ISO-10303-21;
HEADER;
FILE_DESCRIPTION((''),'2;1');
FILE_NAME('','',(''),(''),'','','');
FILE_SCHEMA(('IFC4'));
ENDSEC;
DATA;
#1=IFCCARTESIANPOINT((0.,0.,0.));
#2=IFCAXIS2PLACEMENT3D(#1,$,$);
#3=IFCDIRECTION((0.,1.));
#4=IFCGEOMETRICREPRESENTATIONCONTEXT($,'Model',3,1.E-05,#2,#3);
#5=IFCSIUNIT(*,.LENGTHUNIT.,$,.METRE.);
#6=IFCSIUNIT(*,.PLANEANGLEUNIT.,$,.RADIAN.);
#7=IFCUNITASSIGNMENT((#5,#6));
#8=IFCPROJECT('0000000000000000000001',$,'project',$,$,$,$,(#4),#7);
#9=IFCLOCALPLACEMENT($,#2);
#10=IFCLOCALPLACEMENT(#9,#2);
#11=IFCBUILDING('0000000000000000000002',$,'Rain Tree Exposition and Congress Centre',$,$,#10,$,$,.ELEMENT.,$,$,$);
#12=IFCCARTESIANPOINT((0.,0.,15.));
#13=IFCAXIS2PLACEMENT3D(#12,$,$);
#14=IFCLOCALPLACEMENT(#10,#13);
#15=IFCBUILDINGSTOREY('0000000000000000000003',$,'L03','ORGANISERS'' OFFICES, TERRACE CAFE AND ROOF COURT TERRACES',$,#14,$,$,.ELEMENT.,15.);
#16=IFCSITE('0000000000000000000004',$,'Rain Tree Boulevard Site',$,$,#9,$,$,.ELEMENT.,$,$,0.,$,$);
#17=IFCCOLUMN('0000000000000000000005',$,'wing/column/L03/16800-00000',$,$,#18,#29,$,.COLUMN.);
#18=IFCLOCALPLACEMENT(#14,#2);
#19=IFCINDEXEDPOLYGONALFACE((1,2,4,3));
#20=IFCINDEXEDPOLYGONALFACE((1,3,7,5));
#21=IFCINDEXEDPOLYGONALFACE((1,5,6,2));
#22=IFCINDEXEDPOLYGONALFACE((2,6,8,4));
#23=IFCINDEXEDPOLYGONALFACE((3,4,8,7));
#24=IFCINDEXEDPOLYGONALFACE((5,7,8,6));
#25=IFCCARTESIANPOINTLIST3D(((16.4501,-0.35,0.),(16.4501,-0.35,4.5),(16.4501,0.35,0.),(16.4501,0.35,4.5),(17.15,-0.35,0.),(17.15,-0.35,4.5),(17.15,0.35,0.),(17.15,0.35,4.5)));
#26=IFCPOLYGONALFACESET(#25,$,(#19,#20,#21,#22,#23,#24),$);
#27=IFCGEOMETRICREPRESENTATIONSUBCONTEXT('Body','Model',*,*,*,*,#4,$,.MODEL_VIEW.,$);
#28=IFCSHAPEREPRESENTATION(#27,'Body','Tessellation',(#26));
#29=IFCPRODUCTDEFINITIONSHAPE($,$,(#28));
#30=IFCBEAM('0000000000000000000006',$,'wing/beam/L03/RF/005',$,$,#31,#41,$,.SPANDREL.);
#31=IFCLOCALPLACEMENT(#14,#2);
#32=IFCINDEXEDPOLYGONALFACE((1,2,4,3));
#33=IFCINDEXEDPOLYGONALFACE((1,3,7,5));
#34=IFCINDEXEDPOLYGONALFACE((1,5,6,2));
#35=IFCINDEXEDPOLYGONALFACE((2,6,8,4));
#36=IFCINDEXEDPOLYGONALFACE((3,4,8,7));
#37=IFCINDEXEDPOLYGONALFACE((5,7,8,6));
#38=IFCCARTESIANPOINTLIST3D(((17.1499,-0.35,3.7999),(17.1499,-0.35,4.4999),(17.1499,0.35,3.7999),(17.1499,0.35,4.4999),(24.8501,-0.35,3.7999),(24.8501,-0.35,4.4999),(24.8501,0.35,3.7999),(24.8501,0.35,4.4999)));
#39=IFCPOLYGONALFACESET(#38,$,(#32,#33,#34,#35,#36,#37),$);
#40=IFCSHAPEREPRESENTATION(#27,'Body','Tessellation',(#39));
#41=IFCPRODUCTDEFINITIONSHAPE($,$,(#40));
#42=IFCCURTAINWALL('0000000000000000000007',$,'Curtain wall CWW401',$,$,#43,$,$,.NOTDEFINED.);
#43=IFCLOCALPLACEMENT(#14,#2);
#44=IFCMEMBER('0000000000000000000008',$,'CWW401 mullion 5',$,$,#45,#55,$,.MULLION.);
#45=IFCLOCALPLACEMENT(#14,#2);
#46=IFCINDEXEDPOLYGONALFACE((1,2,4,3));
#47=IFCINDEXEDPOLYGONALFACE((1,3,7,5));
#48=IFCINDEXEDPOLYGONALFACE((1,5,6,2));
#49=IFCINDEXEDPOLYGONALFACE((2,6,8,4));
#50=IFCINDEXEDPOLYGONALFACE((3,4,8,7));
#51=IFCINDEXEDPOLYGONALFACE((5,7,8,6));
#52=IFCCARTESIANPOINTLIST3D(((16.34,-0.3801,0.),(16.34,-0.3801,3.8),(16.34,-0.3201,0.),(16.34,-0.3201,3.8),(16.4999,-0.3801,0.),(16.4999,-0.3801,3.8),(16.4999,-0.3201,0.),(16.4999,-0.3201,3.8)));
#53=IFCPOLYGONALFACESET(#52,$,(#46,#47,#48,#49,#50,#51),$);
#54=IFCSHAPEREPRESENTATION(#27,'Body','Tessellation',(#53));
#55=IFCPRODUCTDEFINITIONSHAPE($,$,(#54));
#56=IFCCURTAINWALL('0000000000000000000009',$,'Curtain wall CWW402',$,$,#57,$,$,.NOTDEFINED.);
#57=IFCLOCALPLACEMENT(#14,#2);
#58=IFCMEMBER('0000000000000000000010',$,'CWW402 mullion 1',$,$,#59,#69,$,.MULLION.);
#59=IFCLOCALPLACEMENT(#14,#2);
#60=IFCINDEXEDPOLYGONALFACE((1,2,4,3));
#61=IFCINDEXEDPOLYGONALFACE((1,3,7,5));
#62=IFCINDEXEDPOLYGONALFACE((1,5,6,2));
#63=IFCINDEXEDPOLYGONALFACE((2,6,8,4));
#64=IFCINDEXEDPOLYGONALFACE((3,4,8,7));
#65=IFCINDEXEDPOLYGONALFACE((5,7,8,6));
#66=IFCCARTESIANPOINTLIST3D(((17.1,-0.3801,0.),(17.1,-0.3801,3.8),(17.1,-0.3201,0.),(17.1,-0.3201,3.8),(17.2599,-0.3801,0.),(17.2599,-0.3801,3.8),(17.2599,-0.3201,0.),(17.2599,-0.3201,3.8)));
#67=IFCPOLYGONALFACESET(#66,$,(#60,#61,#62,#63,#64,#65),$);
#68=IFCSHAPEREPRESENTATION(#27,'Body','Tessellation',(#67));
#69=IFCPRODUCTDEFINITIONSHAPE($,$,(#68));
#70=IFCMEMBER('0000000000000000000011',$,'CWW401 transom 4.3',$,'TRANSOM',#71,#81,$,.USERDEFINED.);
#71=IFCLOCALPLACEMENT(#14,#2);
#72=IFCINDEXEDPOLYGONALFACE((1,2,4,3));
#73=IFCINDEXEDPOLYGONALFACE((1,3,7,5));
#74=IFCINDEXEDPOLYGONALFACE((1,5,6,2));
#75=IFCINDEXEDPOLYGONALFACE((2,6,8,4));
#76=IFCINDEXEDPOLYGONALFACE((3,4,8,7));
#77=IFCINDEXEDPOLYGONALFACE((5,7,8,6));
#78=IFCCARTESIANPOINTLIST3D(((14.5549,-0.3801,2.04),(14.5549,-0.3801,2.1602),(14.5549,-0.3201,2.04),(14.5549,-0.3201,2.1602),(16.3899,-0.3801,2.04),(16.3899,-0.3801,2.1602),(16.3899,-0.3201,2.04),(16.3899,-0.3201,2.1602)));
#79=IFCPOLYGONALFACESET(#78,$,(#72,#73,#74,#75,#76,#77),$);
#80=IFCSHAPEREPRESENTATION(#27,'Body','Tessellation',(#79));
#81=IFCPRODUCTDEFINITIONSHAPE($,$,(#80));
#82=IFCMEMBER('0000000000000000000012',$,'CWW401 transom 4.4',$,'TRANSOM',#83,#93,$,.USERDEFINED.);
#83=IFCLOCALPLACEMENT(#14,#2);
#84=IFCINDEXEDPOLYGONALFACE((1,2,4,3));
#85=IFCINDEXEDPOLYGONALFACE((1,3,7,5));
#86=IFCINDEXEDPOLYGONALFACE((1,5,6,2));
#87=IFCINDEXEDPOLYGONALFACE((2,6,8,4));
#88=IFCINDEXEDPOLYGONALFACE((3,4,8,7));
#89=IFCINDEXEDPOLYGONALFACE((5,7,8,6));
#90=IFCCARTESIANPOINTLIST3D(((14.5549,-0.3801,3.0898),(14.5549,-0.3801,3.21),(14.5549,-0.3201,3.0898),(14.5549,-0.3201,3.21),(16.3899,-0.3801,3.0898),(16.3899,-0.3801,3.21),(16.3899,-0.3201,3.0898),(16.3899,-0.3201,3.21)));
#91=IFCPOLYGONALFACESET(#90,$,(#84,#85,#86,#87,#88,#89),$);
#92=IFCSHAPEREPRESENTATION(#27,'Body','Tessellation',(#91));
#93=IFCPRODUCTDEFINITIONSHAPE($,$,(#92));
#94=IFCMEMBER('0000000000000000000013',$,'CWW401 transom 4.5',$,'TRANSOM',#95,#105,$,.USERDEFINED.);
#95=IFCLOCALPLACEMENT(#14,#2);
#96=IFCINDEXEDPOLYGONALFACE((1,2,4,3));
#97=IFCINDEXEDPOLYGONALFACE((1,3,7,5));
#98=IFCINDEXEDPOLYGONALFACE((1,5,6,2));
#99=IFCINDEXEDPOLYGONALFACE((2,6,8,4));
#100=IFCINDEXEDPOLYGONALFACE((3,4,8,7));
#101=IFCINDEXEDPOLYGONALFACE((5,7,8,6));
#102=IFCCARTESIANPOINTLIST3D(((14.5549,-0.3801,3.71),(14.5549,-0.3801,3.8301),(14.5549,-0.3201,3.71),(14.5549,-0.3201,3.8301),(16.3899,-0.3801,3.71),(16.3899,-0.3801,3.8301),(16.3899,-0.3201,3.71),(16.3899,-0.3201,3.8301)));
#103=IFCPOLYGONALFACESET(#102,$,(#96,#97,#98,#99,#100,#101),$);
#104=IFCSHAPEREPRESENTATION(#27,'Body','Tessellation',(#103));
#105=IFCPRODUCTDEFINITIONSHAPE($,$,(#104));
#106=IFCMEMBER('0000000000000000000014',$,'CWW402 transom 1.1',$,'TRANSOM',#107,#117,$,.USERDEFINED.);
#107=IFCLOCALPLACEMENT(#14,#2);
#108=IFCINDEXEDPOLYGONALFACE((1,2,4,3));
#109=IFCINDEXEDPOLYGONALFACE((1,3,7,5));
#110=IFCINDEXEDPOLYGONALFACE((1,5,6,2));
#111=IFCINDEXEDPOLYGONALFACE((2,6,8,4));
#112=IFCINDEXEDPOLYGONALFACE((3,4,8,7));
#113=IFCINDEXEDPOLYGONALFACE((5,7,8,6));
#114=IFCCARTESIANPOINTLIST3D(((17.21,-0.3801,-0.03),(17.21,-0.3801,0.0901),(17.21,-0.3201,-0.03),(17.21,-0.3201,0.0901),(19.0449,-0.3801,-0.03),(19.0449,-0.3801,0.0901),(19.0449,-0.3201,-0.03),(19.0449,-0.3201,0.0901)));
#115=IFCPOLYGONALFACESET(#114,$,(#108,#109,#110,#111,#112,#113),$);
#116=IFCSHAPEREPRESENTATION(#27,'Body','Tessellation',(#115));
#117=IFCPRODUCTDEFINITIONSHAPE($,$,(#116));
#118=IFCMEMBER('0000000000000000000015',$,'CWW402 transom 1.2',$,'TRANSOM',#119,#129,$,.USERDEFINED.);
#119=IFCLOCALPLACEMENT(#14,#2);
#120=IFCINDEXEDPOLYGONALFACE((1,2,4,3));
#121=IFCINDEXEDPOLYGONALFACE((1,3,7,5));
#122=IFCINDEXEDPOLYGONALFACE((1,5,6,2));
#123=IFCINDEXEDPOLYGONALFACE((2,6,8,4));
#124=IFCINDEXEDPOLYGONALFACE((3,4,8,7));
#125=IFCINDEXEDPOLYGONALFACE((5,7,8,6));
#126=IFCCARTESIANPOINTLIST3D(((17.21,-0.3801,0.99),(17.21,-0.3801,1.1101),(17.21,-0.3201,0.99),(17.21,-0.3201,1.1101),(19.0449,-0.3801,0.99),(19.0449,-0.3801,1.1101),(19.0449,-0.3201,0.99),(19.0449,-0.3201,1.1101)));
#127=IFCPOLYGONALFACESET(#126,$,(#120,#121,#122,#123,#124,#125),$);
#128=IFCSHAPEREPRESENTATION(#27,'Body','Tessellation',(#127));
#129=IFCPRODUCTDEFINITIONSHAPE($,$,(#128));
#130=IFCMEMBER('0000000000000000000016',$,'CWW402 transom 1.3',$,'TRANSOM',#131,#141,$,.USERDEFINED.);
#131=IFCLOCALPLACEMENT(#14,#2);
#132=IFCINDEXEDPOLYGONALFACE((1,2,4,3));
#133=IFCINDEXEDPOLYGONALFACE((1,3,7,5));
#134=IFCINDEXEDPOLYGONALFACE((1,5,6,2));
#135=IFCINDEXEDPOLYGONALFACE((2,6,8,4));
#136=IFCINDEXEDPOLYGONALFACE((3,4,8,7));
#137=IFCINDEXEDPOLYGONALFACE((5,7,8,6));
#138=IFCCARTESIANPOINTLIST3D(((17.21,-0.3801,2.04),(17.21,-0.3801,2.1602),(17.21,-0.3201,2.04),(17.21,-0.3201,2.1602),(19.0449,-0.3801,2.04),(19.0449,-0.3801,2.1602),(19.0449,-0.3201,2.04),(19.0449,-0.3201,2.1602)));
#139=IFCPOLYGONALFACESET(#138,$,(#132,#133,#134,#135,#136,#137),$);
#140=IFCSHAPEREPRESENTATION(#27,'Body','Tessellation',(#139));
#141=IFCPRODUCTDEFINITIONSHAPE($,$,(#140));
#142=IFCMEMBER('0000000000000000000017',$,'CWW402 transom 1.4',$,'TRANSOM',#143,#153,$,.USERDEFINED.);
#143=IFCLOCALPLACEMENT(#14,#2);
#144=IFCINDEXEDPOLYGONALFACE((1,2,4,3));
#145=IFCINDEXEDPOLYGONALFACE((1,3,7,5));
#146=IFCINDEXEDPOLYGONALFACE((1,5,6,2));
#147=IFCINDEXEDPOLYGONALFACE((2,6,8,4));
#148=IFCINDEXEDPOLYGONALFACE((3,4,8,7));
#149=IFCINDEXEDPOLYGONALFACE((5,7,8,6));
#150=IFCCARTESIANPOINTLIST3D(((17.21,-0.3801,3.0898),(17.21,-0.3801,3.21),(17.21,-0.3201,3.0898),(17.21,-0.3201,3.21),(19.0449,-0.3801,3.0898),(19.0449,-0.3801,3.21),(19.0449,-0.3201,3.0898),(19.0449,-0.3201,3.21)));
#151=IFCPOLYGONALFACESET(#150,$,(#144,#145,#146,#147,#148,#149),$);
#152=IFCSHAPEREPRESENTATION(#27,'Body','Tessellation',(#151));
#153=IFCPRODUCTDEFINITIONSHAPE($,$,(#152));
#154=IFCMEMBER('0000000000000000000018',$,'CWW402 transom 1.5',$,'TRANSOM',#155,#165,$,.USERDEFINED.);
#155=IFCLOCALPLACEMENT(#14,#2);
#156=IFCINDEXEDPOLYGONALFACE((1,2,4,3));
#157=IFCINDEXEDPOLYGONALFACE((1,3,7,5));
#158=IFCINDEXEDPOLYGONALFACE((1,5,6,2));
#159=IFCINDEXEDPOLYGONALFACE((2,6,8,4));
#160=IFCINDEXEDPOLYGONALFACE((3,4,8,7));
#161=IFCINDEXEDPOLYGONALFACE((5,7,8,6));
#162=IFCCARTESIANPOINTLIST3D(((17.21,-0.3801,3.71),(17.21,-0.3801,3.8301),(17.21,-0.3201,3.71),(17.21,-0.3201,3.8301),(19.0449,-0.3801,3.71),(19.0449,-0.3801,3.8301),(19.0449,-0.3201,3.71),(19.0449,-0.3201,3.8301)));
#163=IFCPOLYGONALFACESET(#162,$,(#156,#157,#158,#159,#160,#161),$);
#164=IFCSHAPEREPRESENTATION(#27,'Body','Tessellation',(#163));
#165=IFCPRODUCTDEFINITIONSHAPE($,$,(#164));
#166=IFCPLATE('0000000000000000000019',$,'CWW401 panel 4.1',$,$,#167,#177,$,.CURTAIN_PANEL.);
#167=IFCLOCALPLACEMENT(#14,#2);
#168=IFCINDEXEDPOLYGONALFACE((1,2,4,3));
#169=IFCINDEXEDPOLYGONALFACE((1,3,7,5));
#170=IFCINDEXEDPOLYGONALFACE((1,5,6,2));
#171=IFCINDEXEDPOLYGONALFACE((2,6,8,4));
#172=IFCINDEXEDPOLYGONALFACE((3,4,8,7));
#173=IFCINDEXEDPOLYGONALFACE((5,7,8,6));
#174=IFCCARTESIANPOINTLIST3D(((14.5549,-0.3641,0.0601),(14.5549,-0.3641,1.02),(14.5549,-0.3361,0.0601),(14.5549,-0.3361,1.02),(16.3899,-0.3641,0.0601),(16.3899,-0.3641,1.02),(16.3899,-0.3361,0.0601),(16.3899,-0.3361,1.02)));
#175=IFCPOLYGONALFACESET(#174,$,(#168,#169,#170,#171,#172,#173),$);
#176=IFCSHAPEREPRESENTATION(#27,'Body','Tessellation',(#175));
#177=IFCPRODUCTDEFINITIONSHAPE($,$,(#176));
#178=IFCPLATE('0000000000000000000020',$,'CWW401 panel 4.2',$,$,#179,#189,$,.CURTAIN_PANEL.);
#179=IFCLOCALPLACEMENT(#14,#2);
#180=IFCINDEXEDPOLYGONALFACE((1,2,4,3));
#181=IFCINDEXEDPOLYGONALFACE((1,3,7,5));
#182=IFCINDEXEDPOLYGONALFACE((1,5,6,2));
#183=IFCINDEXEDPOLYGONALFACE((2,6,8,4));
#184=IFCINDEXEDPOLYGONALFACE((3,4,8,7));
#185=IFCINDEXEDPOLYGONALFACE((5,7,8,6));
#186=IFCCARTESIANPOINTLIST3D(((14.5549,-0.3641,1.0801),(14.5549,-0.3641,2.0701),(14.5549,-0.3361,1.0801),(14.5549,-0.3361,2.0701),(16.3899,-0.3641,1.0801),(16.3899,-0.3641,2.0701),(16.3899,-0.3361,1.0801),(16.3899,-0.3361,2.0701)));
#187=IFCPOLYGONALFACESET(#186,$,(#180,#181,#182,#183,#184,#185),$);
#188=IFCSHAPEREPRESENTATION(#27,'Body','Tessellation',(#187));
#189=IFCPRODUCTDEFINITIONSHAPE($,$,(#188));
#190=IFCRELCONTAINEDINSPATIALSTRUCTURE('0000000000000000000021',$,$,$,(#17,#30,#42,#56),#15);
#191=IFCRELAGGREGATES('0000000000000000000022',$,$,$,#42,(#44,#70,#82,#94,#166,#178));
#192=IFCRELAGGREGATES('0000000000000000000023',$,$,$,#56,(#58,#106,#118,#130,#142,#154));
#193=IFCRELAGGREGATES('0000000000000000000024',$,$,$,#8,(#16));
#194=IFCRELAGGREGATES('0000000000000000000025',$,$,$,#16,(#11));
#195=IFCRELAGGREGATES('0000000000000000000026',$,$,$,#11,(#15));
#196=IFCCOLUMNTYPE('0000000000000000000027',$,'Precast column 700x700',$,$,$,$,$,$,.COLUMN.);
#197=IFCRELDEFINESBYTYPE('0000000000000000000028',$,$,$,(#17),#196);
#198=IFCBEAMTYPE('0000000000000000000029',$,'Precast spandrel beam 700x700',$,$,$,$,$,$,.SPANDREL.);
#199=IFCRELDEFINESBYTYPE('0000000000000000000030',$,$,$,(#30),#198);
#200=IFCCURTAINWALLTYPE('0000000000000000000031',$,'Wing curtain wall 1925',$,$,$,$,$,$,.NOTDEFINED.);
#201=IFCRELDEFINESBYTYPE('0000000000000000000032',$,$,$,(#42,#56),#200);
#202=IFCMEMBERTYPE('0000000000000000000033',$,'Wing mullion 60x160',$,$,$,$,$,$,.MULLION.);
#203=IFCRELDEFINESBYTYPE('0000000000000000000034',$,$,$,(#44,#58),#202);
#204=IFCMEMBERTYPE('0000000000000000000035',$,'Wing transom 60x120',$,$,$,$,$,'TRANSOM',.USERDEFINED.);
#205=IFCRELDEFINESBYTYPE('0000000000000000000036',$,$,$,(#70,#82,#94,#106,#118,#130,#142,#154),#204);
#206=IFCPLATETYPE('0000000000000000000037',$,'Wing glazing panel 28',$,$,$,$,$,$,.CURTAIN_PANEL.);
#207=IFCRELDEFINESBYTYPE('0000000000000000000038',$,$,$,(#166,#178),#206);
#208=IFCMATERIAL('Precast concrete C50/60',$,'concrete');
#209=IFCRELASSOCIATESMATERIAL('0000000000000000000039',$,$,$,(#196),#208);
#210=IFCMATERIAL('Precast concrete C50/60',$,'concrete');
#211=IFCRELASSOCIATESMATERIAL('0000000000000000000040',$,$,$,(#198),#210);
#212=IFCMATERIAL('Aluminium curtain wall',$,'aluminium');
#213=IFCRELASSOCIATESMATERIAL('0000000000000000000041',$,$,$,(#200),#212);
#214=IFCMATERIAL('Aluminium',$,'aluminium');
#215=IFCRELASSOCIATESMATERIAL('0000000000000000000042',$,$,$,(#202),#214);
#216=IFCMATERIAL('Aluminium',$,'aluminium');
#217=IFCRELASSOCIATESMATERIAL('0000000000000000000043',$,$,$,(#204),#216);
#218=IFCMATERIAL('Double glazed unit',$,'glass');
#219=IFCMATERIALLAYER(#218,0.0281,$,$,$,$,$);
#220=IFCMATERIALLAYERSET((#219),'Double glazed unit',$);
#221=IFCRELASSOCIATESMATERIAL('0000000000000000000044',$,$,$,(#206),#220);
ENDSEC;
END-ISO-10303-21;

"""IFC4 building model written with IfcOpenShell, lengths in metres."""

from ifc_helpers import new_model, si_unit, direction, frame, origin, origin_2d, place, context, subcontext, project, spatial, rectangle, extrude, material, layer, layer_set, material_profile, profile_set, type_object, element, aggregate, save


model = new_model("IFC4")

# Units and contexts
model_context = context("Model", 3, precision=1e-05, world=origin(), true_north=direction((0.0, 1.0)))
body_context = subcontext(model_context, "Body", "Model", "MODEL_VIEW")
ifc_project = project(units=[si_unit("LENGTHUNIT", "METRE"), si_unit("PLANEANGLEUNIT", "RADIAN")], contexts=[model_context])

# Site, building, storey
site_placement = place(None, origin())
site = spatial("IfcSite", under=ifc_project, at=site_placement, Name="Rain Tree Boulevard Site", CompositionType="ELEMENT", RefElevation=0.0)
building_placement = place(site_placement, origin())
building = spatial("IfcBuilding", under=site, at=building_placement, Name="Rain Tree Exposition and Congress Centre", CompositionType="ELEMENT")
storey_placement = place(building_placement, frame((0.0, 0.0, 15.0)))
storey = spatial("IfcBuildingStorey", under=building, at=storey_placement, Name="L03", Description="ORGANISERS' OFFICES, TERRACE CAFE AND ROOF COURT TERRACES", CompositionType="ELEMENT", Elevation=15.0)

# Column
ifc_material_1 = material(Name="Precast concrete C50/60", Category="concrete")
ifc_material_profile_1 = material_profile(ifc_material_1, rectangle(XDim=0.7, YDim=0.7, at=origin_2d()), Name="RC 700x700")
ifc_profile_set_1 = profile_set([ifc_material_profile_1], Name="Precast concrete C50/60")
column_type = type_object("IfcColumnType", Name="Precast column 700x700", PredefinedType="COLUMN", material=ifc_profile_set_1)
column_placement = place(storey_placement, frame((16.8, 0.0, 0.0), z_axis=(0.0, 0.0, 1.0), x_axis=(1.0, 0.0, 0.0)))
element("IfcColumn", 1, at=column_placement, inside=storey, type_object=column_type, Name="wing/column/L03/16800-00000", PredefinedType="COLUMN", context=body_context, shape_type="SweptSolid", body=[
    extrude(rectangle(XDim=0.7, YDim=0.7, at=origin_2d()), origin(), (0.0, 0.0, 1.0), 4.5),
])

# Beam
ifc_material_2 = material(Name="Precast concrete C50/60", Category="concrete")
ifc_material_profile_2 = material_profile(ifc_material_2, rectangle(XDim=0.7, YDim=0.7, at=origin_2d()), Name="RC 700x700")
ifc_profile_set_2 = profile_set([ifc_material_profile_2], Name="Precast concrete C50/60")
beam_type = type_object("IfcBeamType", Name="Precast spandrel beam 700x700", PredefinedType="SPANDREL", material=ifc_profile_set_2)
beam_placement = place(storey_placement, frame((17.1499, 0.0, 4.1499), z_axis=(1.0, 0.0, 0.0), x_axis=(0.0, 1.0, 0.0)))
element("IfcBeam", 2, at=beam_placement, inside=storey, type_object=beam_type, Name="wing/beam/L03/RF/005", PredefinedType="SPANDREL", context=body_context, shape_type="SweptSolid", body=[
    extrude(rectangle(XDim=0.7, YDim=0.7, at=origin_2d()), origin(), (0.0, 0.0, 1.0), 7.7002),
])

# Curtain walls, members
ifc_material_3 = material(Name="Aluminium curtain wall", Category="aluminium")
curtain_wall_type = type_object("IfcCurtainWallType", Name="Wing curtain wall 1925", PredefinedType="NOTDEFINED", material=ifc_material_3)
curtain_wall_1_placement = place(storey_placement, origin())
curtain_wall_1 = element("IfcCurtainWall", 3, at=curtain_wall_1_placement, inside=storey, type_object=curtain_wall_type, Name="Curtain wall CWW401", PredefinedType="NOTDEFINED")
ifc_material_4 = material(Name="Aluminium", Category="aluminium")
ifc_material_profile_3 = material_profile(ifc_material_4, rectangle(XDim=0.0601, YDim=0.1599, at=origin_2d()), Name="Aluminium 60x160")
ifc_profile_set_3 = profile_set([ifc_material_profile_3], Name="Aluminium")
member_type_1 = type_object("IfcMemberType", Name="Wing mullion 60x160", PredefinedType="MULLION", material=ifc_profile_set_3)
member_1_placement = place(storey_placement, frame((16.4199, -0.3501, 0.0), z_axis=(0.0, 0.0, 1.0), x_axis=(0.0, 1.0, 0.0)))
member_1 = element("IfcMember", 4, at=member_1_placement, type_object=member_type_1, Name="CWW401 mullion 5", PredefinedType="MULLION", context=body_context, shape_type="SweptSolid", body=[
    extrude(rectangle(XDim=0.0601, YDim=0.1599, at=origin_2d()), origin(), (0.0, 0.0, 1.0), 3.8),
])
curtain_wall_2_placement = place(storey_placement, origin())
curtain_wall_2 = element("IfcCurtainWall", 5, at=curtain_wall_2_placement, inside=storey, type_object=curtain_wall_type, Name="Curtain wall CWW402", PredefinedType="NOTDEFINED")
member_2_placement = place(storey_placement, frame((17.1799, -0.3501, 0.0), z_axis=(0.0, 0.0, 1.0), x_axis=(0.0, 1.0, 0.0)))
member_2 = element("IfcMember", 6, at=member_2_placement, type_object=member_type_1, Name="CWW402 mullion 1", PredefinedType="MULLION", context=body_context, shape_type="SweptSolid", body=[
    extrude(rectangle(XDim=0.0601, YDim=0.1599, at=origin_2d()), origin(), (0.0, 0.0, 1.0), 3.8),
])

# Members
ifc_material_5 = material(Name="Aluminium", Category="aluminium")
ifc_material_profile_4 = material_profile(ifc_material_5, rectangle(XDim=0.0601, YDim=0.1201, at=origin_2d()), Name="Aluminium 60x120")
ifc_profile_set_4 = profile_set([ifc_material_profile_4], Name="Aluminium")
member_type_2 = type_object("IfcMemberType", Name="Wing transom 60x120", ElementType="TRANSOM", PredefinedType="USERDEFINED", material=ifc_profile_set_4)
member_3_placement = place(storey_placement, frame((14.5549, -0.3501, 2.1001), z_axis=(1.0, 0.0, 0.0), x_axis=(0.0, 1.0, 0.0)))
member_3 = element("IfcMember", 7, at=member_3_placement, type_object=member_type_2, Name="CWW401 transom 4.3", ObjectType="TRANSOM", PredefinedType="USERDEFINED", context=body_context, shape_type="SweptSolid", body=[
    extrude(rectangle(XDim=0.0601, YDim=0.1201, at=origin_2d()), origin(), (0.0, 0.0, 1.0), 1.835),
])
member_4_placement = place(storey_placement, frame((14.5549, -0.3501, 3.1499), z_axis=(1.0, 0.0, 0.0), x_axis=(0.0, 1.0, 0.0)))
member_4 = element("IfcMember", 8, at=member_4_placement, type_object=member_type_2, Name="CWW401 transom 4.4", ObjectType="TRANSOM", PredefinedType="USERDEFINED", context=body_context, shape_type="SweptSolid", body=[
    extrude(rectangle(XDim=0.0601, YDim=0.1201, at=origin_2d()), origin(), (0.0, 0.0, 1.0), 1.835),
])
member_5_placement = place(storey_placement, frame((14.5549, -0.3501, 3.77), z_axis=(1.0, 0.0, 0.0), x_axis=(0.0, 1.0, 0.0)))
member_5 = element("IfcMember", 9, at=member_5_placement, type_object=member_type_2, Name="CWW401 transom 4.5", ObjectType="TRANSOM", PredefinedType="USERDEFINED", context=body_context, shape_type="SweptSolid", body=[
    extrude(rectangle(XDim=0.0601, YDim=0.1201, at=origin_2d()), origin(), (0.0, 0.0, 1.0), 1.835),
])
member_6_placement = place(storey_placement, frame((17.21, -0.3501, 0.03), z_axis=(1.0, 0.0, 0.0), x_axis=(0.0, 1.0, 0.0)))
member_6 = element("IfcMember", 10, at=member_6_placement, type_object=member_type_2, Name="CWW402 transom 1.1", ObjectType="TRANSOM", PredefinedType="USERDEFINED", context=body_context, shape_type="SweptSolid", body=[
    extrude(rectangle(XDim=0.0601, YDim=0.1201, at=origin_2d()), origin(), (0.0, 0.0, 1.0), 1.835),
])
member_7_placement = place(storey_placement, frame((17.21, -0.3501, 1.05), z_axis=(1.0, 0.0, 0.0), x_axis=(0.0, 1.0, 0.0)))
member_7 = element("IfcMember", 11, at=member_7_placement, type_object=member_type_2, Name="CWW402 transom 1.2", ObjectType="TRANSOM", PredefinedType="USERDEFINED", context=body_context, shape_type="SweptSolid", body=[
    extrude(rectangle(XDim=0.0601, YDim=0.1201, at=origin_2d()), origin(), (0.0, 0.0, 1.0), 1.835),
])
member_8_placement = place(storey_placement, frame((17.21, -0.3501, 2.1001), z_axis=(1.0, 0.0, 0.0), x_axis=(0.0, 1.0, 0.0)))
member_8 = element("IfcMember", 12, at=member_8_placement, type_object=member_type_2, Name="CWW402 transom 1.3", ObjectType="TRANSOM", PredefinedType="USERDEFINED", context=body_context, shape_type="SweptSolid", body=[
    extrude(rectangle(XDim=0.0601, YDim=0.1201, at=origin_2d()), origin(), (0.0, 0.0, 1.0), 1.835),
])
member_9_placement = place(storey_placement, frame((17.21, -0.3501, 3.1499), z_axis=(1.0, 0.0, 0.0), x_axis=(0.0, 1.0, 0.0)))
member_9 = element("IfcMember", 13, at=member_9_placement, type_object=member_type_2, Name="CWW402 transom 1.4", ObjectType="TRANSOM", PredefinedType="USERDEFINED", context=body_context, shape_type="SweptSolid", body=[
    extrude(rectangle(XDim=0.0601, YDim=0.1201, at=origin_2d()), origin(), (0.0, 0.0, 1.0), 1.835),
])
member_10_placement = place(storey_placement, frame((17.21, -0.3501, 3.77), z_axis=(1.0, 0.0, 0.0), x_axis=(0.0, 1.0, 0.0)))
member_10 = element("IfcMember", 14, at=member_10_placement, type_object=member_type_2, Name="CWW402 transom 1.5", ObjectType="TRANSOM", PredefinedType="USERDEFINED", context=body_context, shape_type="SweptSolid", body=[
    extrude(rectangle(XDim=0.0601, YDim=0.1201, at=origin_2d()), origin(), (0.0, 0.0, 1.0), 1.835),
])

# Plates
ifc_material_6 = material(Name="Double glazed unit", Category="glass")
ifc_layer_1 = layer(ifc_material_6, 0.0281)
ifc_layer_set_1 = layer_set([ifc_layer_1], Name="Double glazed unit")
plate_type = type_object("IfcPlateType", Name="Wing glazing panel 28", PredefinedType="CURTAIN_PANEL", material=ifc_layer_set_1)
plate_1_placement = place(storey_placement, frame((15.4724, -0.3501, 0.0601), z_axis=(0.0, 0.0, 1.0), x_axis=(1.0, 0.0, 0.0)))
plate_1 = element("IfcPlate", 15, at=plate_1_placement, type_object=plate_type, Name="CWW401 panel 4.1", PredefinedType="CURTAIN_PANEL", context=body_context, shape_type="SweptSolid", body=[
    extrude(rectangle(XDim=1.835, YDim=0.0281, at=origin_2d()), origin(), (0.0, 0.0, 1.0), 0.96),
])
plate_2_placement = place(storey_placement, frame((15.4724, -0.3501, 1.0801), z_axis=(0.0, 0.0, 1.0), x_axis=(1.0, 0.0, 0.0)))
plate_2 = element("IfcPlate", 16, at=plate_2_placement, type_object=plate_type, Name="CWW401 panel 4.2", PredefinedType="CURTAIN_PANEL", context=body_context, shape_type="SweptSolid", body=[
    extrude(rectangle(XDim=1.835, YDim=0.0281, at=origin_2d()), origin(), (0.0, 0.0, 1.0), 0.99),
])
aggregate(curtain_wall_1, [member_1, member_3, member_4, member_5, plate_1, plate_2])
aggregate(curtain_wall_2, [member_2, member_6, member_7, member_8, member_9, member_10])

save(model, "model.ifc")
